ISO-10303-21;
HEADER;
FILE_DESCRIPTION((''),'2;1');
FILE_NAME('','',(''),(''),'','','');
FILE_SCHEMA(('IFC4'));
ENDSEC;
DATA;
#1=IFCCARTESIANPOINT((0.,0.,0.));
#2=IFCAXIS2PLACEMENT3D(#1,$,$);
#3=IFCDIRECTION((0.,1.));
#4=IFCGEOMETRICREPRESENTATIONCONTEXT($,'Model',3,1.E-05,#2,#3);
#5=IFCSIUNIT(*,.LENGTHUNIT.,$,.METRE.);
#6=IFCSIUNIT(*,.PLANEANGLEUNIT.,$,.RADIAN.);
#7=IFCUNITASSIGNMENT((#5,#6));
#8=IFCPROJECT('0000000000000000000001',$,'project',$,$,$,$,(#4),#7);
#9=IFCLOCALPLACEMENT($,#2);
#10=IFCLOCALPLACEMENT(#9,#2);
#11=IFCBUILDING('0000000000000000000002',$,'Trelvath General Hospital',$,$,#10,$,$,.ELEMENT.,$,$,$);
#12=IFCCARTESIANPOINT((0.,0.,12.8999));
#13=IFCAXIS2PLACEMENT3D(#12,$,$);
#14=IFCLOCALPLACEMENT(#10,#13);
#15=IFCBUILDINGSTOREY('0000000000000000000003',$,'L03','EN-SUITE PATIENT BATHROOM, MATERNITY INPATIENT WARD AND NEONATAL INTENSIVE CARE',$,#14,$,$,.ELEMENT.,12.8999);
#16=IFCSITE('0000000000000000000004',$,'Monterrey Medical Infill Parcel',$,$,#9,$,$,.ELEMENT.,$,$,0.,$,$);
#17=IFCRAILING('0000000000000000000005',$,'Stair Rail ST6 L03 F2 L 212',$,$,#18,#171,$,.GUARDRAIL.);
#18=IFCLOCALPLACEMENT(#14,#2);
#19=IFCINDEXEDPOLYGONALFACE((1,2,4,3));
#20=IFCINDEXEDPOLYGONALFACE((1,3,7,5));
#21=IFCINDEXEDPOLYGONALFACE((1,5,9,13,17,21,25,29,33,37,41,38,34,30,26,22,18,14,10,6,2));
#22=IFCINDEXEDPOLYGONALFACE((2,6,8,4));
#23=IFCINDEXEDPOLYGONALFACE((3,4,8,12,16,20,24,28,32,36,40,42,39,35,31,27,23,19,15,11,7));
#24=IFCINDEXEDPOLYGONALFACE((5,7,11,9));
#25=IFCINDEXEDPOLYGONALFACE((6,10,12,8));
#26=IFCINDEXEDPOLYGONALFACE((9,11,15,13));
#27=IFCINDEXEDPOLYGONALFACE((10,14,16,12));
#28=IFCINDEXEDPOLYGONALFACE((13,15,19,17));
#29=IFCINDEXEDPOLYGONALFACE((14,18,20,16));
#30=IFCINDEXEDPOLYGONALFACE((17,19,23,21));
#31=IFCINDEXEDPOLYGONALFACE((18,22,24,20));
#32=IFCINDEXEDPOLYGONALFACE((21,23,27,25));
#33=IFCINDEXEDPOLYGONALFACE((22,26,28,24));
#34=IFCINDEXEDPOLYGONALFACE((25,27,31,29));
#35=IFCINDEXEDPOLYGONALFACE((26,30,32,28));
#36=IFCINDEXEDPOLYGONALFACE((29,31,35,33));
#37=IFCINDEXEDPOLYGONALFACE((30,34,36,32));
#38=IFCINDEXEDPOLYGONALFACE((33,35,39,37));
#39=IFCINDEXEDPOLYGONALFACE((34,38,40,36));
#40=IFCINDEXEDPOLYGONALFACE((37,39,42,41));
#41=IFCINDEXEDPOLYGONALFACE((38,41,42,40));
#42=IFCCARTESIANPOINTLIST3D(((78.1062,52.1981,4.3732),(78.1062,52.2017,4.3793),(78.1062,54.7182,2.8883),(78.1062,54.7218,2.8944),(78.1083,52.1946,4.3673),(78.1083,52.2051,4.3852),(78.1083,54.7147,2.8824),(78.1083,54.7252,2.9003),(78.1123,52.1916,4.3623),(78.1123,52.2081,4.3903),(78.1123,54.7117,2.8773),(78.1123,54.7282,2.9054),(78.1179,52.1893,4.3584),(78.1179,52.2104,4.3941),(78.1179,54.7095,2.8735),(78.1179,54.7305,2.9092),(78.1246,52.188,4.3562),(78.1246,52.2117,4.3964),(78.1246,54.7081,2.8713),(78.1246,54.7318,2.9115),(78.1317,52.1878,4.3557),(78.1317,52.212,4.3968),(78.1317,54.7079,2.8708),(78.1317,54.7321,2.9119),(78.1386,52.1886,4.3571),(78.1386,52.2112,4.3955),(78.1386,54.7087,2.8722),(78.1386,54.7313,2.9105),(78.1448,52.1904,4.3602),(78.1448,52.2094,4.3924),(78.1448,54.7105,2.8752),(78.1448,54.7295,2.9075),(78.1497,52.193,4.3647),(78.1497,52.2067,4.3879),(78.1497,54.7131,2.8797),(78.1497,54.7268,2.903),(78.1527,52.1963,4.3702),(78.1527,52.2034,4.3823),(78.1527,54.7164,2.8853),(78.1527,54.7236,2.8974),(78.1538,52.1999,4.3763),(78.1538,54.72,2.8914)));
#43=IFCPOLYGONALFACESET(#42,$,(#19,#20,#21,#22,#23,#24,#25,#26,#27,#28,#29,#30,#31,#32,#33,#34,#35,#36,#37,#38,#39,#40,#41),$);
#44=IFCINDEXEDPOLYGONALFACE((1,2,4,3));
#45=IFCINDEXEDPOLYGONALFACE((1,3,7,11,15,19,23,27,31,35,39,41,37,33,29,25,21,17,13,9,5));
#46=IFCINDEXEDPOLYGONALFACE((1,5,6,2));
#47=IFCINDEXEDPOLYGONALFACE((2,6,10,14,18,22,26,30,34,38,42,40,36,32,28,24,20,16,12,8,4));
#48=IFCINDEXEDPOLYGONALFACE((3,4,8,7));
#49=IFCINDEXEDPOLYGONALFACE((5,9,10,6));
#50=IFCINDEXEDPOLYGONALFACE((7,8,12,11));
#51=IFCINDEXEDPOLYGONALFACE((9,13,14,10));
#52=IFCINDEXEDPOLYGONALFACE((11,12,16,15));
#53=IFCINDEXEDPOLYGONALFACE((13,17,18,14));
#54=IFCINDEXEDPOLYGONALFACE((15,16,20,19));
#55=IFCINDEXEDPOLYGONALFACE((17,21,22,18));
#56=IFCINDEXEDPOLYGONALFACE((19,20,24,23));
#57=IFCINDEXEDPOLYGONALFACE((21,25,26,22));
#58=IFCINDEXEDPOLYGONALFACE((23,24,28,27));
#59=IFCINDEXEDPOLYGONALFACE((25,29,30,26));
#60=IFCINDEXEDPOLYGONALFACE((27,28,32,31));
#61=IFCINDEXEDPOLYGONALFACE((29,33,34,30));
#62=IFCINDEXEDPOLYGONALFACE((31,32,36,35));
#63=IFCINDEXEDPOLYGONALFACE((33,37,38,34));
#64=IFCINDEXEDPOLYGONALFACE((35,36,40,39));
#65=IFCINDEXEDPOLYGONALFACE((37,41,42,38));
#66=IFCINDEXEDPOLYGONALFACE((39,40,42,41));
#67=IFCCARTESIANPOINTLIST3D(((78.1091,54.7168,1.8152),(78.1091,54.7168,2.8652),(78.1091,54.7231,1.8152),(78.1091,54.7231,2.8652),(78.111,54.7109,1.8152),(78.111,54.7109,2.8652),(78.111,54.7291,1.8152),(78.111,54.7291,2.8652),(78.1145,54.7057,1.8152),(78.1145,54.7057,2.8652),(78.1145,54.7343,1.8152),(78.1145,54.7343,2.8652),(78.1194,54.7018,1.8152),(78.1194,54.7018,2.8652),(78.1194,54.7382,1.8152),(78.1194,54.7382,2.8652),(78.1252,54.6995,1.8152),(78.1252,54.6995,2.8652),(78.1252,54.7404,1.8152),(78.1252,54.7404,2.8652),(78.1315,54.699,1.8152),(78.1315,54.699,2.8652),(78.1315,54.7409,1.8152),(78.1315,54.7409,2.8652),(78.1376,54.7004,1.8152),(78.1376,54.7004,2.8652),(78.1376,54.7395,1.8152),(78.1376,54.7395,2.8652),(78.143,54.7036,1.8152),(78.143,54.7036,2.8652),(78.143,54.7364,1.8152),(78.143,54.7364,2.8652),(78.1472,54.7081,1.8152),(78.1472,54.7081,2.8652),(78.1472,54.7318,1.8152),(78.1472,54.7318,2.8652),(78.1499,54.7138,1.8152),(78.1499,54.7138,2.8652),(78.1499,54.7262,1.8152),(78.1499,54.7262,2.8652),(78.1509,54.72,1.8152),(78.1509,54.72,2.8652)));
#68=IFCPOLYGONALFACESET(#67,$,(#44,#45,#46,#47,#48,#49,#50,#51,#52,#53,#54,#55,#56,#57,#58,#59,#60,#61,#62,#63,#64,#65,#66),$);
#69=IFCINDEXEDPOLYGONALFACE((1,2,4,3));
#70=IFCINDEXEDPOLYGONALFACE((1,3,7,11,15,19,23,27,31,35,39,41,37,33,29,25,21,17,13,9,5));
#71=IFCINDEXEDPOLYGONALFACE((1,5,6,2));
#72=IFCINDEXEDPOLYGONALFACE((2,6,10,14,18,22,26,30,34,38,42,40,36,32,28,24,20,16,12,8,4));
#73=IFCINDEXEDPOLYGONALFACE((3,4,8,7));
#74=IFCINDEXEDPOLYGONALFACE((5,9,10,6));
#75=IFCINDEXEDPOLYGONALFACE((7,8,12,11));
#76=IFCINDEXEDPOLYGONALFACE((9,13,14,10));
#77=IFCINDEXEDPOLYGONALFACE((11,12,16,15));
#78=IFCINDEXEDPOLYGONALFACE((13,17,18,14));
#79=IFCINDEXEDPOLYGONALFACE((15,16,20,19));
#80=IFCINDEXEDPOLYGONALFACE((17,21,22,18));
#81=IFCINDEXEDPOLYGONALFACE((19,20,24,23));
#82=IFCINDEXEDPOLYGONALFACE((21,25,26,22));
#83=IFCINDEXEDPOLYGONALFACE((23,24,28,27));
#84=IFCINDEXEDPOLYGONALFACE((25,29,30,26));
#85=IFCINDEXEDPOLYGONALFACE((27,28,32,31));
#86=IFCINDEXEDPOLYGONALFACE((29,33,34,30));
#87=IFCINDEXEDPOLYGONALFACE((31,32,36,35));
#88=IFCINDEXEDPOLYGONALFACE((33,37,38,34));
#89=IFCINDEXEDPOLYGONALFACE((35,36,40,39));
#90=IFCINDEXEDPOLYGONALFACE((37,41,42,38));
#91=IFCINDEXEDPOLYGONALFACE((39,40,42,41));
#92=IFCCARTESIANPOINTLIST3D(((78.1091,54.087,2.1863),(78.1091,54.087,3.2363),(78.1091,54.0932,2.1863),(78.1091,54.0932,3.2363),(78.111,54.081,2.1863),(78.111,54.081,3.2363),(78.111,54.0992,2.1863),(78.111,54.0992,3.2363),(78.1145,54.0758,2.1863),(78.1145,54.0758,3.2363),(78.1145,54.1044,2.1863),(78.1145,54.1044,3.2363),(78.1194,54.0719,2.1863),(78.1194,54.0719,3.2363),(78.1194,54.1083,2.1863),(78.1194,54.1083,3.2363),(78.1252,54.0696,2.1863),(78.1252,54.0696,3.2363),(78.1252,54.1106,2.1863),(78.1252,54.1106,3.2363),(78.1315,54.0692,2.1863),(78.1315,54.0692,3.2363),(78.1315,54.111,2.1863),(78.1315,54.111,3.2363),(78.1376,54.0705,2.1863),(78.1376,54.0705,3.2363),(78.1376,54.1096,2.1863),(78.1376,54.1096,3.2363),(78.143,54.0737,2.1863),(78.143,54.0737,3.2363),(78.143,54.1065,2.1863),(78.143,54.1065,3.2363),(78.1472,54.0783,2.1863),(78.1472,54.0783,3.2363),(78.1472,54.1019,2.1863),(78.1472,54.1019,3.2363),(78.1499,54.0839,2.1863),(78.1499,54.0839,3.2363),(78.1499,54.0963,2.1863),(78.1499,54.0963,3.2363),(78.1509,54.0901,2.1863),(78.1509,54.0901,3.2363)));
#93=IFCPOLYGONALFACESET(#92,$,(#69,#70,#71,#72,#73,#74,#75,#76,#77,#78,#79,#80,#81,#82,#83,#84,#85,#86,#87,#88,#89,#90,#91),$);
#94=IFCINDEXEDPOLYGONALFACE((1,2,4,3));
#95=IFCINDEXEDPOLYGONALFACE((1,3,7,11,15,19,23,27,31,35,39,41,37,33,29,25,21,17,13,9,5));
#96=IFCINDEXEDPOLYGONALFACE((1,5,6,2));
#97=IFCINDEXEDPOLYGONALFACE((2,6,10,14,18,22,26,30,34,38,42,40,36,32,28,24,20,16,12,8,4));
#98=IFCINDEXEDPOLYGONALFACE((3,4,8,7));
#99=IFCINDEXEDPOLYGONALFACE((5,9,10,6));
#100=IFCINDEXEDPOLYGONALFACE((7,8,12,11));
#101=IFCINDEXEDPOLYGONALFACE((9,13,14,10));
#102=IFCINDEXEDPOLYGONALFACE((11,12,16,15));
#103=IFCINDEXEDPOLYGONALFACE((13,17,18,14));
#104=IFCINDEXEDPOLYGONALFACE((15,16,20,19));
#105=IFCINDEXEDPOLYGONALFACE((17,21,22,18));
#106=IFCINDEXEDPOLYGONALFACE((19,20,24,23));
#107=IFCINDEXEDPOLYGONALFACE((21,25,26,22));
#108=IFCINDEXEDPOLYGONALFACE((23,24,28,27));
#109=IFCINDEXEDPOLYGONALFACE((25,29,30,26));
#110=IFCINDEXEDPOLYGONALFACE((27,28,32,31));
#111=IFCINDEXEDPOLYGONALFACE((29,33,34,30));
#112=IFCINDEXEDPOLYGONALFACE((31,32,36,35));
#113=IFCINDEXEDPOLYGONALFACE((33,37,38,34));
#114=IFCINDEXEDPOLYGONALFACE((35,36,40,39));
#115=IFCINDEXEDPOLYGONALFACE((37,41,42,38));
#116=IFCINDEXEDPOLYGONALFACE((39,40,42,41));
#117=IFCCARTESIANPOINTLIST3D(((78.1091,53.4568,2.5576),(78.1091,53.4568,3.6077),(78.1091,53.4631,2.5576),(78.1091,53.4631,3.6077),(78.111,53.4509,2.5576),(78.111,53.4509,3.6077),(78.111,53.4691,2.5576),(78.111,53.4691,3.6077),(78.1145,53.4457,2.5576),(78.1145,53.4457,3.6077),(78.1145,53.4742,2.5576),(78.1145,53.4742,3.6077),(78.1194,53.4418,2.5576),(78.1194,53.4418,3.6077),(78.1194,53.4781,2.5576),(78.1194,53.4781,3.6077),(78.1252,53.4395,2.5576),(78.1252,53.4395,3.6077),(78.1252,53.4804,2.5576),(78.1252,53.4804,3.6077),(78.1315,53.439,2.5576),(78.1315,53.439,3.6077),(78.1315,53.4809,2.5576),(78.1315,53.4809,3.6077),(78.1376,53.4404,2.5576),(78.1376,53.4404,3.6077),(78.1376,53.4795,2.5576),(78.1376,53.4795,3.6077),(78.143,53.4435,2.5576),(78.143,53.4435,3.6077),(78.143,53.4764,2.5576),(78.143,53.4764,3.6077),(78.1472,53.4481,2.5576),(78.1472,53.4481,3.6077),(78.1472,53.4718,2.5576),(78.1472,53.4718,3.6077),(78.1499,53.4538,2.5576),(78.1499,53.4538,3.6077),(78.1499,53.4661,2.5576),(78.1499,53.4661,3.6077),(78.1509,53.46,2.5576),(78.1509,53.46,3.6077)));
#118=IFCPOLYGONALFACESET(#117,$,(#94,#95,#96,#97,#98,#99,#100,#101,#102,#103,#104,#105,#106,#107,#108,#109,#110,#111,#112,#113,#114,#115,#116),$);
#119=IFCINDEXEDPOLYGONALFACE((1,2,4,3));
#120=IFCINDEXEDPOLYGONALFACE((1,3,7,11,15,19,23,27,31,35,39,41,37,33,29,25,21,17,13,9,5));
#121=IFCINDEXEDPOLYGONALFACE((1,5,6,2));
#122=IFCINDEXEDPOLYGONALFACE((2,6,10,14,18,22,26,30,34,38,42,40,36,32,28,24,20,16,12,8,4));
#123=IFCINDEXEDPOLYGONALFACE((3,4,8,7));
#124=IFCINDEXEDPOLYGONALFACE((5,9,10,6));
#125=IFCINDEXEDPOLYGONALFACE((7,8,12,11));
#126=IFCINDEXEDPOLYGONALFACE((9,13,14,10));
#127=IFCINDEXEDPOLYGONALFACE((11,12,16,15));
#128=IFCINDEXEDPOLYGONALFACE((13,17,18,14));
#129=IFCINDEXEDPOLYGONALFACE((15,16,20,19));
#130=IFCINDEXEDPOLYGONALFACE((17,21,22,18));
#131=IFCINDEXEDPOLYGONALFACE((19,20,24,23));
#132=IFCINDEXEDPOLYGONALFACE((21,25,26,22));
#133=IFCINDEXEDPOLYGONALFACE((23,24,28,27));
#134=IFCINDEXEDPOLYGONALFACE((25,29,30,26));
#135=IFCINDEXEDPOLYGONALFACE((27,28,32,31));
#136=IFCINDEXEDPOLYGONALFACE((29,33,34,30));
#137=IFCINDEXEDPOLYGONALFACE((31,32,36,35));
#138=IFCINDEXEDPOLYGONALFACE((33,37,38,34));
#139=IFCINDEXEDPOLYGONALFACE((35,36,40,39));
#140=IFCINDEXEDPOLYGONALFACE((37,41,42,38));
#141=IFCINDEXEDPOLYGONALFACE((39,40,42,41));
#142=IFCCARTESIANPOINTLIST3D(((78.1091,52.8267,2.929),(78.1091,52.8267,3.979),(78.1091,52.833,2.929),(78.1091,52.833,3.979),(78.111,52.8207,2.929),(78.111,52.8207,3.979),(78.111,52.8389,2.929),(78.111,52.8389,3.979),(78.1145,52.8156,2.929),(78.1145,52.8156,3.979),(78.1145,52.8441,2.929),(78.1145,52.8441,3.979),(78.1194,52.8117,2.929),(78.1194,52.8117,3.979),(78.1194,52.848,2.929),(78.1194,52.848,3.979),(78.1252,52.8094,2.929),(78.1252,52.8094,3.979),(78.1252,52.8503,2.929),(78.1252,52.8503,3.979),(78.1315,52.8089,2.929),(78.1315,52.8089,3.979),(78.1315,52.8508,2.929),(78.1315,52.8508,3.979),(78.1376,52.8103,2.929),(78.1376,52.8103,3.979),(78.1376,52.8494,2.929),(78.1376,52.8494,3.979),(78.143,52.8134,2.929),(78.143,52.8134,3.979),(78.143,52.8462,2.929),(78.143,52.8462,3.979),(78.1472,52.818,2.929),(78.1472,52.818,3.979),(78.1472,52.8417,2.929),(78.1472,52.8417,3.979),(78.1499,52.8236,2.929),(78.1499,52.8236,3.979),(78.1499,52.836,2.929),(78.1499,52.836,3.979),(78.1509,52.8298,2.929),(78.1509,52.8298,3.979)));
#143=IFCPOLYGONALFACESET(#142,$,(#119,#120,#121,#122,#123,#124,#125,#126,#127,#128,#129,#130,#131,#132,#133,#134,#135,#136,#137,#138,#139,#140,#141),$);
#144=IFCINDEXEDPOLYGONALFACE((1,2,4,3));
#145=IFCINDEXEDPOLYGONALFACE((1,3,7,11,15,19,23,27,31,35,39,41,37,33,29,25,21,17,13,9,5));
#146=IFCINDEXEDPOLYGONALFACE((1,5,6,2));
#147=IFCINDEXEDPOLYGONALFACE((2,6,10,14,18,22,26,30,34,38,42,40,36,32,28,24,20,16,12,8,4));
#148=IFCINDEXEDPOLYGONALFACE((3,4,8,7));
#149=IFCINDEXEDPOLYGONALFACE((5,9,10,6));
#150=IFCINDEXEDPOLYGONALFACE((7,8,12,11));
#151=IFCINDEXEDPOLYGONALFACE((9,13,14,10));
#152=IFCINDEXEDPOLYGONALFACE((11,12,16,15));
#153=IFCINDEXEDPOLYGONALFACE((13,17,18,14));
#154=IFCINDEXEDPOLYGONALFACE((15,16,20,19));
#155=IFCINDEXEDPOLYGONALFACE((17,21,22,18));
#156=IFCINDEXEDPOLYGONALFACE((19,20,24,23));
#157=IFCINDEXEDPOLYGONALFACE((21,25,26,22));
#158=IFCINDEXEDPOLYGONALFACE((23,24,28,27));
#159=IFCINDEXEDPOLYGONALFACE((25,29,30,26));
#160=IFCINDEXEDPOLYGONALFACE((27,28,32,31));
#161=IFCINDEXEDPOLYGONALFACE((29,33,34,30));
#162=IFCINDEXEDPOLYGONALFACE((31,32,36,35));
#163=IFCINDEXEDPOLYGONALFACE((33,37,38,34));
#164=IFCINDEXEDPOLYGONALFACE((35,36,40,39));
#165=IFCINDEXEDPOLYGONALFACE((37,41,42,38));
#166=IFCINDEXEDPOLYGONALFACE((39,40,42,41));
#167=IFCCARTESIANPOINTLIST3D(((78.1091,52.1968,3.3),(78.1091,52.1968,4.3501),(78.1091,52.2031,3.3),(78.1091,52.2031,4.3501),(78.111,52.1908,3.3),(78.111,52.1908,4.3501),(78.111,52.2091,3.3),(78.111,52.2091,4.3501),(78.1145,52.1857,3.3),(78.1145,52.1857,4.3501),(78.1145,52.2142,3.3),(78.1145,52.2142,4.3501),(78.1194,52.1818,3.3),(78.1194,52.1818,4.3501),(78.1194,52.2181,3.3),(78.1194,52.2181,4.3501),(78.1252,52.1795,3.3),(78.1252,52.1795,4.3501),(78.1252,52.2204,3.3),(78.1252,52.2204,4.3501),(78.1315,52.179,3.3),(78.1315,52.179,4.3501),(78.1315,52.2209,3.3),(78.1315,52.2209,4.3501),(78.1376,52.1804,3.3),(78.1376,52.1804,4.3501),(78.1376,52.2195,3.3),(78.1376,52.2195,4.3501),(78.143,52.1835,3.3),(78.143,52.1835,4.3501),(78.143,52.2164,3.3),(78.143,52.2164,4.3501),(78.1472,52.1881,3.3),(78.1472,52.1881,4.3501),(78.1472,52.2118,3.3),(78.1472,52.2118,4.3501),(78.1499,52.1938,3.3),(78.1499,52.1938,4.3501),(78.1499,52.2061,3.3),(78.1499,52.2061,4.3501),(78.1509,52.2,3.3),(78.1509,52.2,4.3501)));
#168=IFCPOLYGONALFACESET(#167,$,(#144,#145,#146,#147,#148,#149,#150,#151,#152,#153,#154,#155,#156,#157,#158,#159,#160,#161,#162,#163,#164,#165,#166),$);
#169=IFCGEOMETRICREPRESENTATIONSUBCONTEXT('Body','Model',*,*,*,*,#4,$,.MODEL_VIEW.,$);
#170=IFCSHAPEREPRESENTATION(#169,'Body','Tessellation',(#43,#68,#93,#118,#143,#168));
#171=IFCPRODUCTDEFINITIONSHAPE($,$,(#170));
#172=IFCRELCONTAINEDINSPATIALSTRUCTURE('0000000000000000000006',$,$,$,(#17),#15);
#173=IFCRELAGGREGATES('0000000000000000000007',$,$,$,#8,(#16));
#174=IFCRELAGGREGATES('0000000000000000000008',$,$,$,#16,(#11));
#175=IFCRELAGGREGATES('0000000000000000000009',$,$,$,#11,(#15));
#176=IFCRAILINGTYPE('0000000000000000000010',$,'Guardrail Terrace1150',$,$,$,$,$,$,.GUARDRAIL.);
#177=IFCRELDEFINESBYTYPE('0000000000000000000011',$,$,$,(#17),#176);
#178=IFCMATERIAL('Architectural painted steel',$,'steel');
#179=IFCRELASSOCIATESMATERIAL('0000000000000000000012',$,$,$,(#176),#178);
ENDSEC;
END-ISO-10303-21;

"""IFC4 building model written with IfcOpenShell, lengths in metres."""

from ifc_helpers import new_model, si_unit, direction, frame, origin, origin_2d, place, context, subcontext, project, spatial, circle, extrude, material, type_object, element, save


model = new_model("IFC4")

# Units and contexts
model_context = context("Model", 3, precision=1e-05, world=origin(), true_north=direction((0.0, 1.0)))
body_context = subcontext(model_context, "Body", "Model", "MODEL_VIEW")
ifc_project = project(units=[si_unit("LENGTHUNIT", "METRE"), si_unit("PLANEANGLEUNIT", "RADIAN")], contexts=[model_context])

# Site, building, storey
site_placement = place(None, origin())
site = spatial("IfcSite", under=ifc_project, at=site_placement, Name="Monterrey Medical Infill Parcel", CompositionType="ELEMENT", RefElevation=0.0)
building_placement = place(site_placement, origin())
building = spatial("IfcBuilding", under=site, at=building_placement, Name="Trelvath General Hospital", CompositionType="ELEMENT")
storey_placement = place(building_placement, frame((0.0, 0.0, 12.8999)))
storey = spatial("IfcBuildingStorey", under=building, at=storey_placement, Name="L03", Description="EN-SUITE PATIENT BATHROOM, MATERNITY INPATIENT WARD AND NEONATAL INTENSIVE CARE", CompositionType="ELEMENT", Elevation=12.8999)

# Railing
ifc_material_1 = material(Name="Architectural painted steel", Category="steel")
railing_type_1 = type_object("IfcRailingType", Name="Guardrail Terrace1150", PredefinedType="GUARDRAIL", material=ifc_material_1)
railing_1_placement = place(storey_placement, frame((78.1299, 54.72, 1.8152)))
element("IfcRailing", 1, at=railing_1_placement, inside=storey, type_object=railing_type_1, Name="Stair Rail ST6 L03 F2 L 212", PredefinedType="GUARDRAIL", context=body_context, shape_type="SweptSolid", body=[
    extrude(circle(Radius=0.0239, at=origin_2d()), frame((0.0, 0.0, 1.0762), z_axis=(0.0, -0.861561, 0.507655), x_axis=(1.0, 0.0, 0.0)), (0.0, 0.0, 1.0), 2.925),
    extrude(circle(Radius=0.021, at=origin_2d()), origin(), (0.0, 0.0, 1.0), 1.05),
    extrude(circle(Radius=0.021, at=origin_2d()), frame((0.0, -0.6299, 0.3711)), (0.0, 0.0, 1.0), 1.05),
    extrude(circle(Radius=0.021, at=origin_2d()), frame((0.0, -1.26, 0.7424)), (0.0, 0.0, 1.0), 1.05),
    extrude(circle(Radius=0.021, at=origin_2d()), frame((0.0, -1.8901, 1.1138)), (0.0, 0.0, 1.0), 1.05),
    extrude(circle(Radius=0.021, at=origin_2d()), frame((0.0, -2.52, 1.4849)), (0.0, 0.0, 1.0), 1.05),
])

save(model, "model.ifc")
